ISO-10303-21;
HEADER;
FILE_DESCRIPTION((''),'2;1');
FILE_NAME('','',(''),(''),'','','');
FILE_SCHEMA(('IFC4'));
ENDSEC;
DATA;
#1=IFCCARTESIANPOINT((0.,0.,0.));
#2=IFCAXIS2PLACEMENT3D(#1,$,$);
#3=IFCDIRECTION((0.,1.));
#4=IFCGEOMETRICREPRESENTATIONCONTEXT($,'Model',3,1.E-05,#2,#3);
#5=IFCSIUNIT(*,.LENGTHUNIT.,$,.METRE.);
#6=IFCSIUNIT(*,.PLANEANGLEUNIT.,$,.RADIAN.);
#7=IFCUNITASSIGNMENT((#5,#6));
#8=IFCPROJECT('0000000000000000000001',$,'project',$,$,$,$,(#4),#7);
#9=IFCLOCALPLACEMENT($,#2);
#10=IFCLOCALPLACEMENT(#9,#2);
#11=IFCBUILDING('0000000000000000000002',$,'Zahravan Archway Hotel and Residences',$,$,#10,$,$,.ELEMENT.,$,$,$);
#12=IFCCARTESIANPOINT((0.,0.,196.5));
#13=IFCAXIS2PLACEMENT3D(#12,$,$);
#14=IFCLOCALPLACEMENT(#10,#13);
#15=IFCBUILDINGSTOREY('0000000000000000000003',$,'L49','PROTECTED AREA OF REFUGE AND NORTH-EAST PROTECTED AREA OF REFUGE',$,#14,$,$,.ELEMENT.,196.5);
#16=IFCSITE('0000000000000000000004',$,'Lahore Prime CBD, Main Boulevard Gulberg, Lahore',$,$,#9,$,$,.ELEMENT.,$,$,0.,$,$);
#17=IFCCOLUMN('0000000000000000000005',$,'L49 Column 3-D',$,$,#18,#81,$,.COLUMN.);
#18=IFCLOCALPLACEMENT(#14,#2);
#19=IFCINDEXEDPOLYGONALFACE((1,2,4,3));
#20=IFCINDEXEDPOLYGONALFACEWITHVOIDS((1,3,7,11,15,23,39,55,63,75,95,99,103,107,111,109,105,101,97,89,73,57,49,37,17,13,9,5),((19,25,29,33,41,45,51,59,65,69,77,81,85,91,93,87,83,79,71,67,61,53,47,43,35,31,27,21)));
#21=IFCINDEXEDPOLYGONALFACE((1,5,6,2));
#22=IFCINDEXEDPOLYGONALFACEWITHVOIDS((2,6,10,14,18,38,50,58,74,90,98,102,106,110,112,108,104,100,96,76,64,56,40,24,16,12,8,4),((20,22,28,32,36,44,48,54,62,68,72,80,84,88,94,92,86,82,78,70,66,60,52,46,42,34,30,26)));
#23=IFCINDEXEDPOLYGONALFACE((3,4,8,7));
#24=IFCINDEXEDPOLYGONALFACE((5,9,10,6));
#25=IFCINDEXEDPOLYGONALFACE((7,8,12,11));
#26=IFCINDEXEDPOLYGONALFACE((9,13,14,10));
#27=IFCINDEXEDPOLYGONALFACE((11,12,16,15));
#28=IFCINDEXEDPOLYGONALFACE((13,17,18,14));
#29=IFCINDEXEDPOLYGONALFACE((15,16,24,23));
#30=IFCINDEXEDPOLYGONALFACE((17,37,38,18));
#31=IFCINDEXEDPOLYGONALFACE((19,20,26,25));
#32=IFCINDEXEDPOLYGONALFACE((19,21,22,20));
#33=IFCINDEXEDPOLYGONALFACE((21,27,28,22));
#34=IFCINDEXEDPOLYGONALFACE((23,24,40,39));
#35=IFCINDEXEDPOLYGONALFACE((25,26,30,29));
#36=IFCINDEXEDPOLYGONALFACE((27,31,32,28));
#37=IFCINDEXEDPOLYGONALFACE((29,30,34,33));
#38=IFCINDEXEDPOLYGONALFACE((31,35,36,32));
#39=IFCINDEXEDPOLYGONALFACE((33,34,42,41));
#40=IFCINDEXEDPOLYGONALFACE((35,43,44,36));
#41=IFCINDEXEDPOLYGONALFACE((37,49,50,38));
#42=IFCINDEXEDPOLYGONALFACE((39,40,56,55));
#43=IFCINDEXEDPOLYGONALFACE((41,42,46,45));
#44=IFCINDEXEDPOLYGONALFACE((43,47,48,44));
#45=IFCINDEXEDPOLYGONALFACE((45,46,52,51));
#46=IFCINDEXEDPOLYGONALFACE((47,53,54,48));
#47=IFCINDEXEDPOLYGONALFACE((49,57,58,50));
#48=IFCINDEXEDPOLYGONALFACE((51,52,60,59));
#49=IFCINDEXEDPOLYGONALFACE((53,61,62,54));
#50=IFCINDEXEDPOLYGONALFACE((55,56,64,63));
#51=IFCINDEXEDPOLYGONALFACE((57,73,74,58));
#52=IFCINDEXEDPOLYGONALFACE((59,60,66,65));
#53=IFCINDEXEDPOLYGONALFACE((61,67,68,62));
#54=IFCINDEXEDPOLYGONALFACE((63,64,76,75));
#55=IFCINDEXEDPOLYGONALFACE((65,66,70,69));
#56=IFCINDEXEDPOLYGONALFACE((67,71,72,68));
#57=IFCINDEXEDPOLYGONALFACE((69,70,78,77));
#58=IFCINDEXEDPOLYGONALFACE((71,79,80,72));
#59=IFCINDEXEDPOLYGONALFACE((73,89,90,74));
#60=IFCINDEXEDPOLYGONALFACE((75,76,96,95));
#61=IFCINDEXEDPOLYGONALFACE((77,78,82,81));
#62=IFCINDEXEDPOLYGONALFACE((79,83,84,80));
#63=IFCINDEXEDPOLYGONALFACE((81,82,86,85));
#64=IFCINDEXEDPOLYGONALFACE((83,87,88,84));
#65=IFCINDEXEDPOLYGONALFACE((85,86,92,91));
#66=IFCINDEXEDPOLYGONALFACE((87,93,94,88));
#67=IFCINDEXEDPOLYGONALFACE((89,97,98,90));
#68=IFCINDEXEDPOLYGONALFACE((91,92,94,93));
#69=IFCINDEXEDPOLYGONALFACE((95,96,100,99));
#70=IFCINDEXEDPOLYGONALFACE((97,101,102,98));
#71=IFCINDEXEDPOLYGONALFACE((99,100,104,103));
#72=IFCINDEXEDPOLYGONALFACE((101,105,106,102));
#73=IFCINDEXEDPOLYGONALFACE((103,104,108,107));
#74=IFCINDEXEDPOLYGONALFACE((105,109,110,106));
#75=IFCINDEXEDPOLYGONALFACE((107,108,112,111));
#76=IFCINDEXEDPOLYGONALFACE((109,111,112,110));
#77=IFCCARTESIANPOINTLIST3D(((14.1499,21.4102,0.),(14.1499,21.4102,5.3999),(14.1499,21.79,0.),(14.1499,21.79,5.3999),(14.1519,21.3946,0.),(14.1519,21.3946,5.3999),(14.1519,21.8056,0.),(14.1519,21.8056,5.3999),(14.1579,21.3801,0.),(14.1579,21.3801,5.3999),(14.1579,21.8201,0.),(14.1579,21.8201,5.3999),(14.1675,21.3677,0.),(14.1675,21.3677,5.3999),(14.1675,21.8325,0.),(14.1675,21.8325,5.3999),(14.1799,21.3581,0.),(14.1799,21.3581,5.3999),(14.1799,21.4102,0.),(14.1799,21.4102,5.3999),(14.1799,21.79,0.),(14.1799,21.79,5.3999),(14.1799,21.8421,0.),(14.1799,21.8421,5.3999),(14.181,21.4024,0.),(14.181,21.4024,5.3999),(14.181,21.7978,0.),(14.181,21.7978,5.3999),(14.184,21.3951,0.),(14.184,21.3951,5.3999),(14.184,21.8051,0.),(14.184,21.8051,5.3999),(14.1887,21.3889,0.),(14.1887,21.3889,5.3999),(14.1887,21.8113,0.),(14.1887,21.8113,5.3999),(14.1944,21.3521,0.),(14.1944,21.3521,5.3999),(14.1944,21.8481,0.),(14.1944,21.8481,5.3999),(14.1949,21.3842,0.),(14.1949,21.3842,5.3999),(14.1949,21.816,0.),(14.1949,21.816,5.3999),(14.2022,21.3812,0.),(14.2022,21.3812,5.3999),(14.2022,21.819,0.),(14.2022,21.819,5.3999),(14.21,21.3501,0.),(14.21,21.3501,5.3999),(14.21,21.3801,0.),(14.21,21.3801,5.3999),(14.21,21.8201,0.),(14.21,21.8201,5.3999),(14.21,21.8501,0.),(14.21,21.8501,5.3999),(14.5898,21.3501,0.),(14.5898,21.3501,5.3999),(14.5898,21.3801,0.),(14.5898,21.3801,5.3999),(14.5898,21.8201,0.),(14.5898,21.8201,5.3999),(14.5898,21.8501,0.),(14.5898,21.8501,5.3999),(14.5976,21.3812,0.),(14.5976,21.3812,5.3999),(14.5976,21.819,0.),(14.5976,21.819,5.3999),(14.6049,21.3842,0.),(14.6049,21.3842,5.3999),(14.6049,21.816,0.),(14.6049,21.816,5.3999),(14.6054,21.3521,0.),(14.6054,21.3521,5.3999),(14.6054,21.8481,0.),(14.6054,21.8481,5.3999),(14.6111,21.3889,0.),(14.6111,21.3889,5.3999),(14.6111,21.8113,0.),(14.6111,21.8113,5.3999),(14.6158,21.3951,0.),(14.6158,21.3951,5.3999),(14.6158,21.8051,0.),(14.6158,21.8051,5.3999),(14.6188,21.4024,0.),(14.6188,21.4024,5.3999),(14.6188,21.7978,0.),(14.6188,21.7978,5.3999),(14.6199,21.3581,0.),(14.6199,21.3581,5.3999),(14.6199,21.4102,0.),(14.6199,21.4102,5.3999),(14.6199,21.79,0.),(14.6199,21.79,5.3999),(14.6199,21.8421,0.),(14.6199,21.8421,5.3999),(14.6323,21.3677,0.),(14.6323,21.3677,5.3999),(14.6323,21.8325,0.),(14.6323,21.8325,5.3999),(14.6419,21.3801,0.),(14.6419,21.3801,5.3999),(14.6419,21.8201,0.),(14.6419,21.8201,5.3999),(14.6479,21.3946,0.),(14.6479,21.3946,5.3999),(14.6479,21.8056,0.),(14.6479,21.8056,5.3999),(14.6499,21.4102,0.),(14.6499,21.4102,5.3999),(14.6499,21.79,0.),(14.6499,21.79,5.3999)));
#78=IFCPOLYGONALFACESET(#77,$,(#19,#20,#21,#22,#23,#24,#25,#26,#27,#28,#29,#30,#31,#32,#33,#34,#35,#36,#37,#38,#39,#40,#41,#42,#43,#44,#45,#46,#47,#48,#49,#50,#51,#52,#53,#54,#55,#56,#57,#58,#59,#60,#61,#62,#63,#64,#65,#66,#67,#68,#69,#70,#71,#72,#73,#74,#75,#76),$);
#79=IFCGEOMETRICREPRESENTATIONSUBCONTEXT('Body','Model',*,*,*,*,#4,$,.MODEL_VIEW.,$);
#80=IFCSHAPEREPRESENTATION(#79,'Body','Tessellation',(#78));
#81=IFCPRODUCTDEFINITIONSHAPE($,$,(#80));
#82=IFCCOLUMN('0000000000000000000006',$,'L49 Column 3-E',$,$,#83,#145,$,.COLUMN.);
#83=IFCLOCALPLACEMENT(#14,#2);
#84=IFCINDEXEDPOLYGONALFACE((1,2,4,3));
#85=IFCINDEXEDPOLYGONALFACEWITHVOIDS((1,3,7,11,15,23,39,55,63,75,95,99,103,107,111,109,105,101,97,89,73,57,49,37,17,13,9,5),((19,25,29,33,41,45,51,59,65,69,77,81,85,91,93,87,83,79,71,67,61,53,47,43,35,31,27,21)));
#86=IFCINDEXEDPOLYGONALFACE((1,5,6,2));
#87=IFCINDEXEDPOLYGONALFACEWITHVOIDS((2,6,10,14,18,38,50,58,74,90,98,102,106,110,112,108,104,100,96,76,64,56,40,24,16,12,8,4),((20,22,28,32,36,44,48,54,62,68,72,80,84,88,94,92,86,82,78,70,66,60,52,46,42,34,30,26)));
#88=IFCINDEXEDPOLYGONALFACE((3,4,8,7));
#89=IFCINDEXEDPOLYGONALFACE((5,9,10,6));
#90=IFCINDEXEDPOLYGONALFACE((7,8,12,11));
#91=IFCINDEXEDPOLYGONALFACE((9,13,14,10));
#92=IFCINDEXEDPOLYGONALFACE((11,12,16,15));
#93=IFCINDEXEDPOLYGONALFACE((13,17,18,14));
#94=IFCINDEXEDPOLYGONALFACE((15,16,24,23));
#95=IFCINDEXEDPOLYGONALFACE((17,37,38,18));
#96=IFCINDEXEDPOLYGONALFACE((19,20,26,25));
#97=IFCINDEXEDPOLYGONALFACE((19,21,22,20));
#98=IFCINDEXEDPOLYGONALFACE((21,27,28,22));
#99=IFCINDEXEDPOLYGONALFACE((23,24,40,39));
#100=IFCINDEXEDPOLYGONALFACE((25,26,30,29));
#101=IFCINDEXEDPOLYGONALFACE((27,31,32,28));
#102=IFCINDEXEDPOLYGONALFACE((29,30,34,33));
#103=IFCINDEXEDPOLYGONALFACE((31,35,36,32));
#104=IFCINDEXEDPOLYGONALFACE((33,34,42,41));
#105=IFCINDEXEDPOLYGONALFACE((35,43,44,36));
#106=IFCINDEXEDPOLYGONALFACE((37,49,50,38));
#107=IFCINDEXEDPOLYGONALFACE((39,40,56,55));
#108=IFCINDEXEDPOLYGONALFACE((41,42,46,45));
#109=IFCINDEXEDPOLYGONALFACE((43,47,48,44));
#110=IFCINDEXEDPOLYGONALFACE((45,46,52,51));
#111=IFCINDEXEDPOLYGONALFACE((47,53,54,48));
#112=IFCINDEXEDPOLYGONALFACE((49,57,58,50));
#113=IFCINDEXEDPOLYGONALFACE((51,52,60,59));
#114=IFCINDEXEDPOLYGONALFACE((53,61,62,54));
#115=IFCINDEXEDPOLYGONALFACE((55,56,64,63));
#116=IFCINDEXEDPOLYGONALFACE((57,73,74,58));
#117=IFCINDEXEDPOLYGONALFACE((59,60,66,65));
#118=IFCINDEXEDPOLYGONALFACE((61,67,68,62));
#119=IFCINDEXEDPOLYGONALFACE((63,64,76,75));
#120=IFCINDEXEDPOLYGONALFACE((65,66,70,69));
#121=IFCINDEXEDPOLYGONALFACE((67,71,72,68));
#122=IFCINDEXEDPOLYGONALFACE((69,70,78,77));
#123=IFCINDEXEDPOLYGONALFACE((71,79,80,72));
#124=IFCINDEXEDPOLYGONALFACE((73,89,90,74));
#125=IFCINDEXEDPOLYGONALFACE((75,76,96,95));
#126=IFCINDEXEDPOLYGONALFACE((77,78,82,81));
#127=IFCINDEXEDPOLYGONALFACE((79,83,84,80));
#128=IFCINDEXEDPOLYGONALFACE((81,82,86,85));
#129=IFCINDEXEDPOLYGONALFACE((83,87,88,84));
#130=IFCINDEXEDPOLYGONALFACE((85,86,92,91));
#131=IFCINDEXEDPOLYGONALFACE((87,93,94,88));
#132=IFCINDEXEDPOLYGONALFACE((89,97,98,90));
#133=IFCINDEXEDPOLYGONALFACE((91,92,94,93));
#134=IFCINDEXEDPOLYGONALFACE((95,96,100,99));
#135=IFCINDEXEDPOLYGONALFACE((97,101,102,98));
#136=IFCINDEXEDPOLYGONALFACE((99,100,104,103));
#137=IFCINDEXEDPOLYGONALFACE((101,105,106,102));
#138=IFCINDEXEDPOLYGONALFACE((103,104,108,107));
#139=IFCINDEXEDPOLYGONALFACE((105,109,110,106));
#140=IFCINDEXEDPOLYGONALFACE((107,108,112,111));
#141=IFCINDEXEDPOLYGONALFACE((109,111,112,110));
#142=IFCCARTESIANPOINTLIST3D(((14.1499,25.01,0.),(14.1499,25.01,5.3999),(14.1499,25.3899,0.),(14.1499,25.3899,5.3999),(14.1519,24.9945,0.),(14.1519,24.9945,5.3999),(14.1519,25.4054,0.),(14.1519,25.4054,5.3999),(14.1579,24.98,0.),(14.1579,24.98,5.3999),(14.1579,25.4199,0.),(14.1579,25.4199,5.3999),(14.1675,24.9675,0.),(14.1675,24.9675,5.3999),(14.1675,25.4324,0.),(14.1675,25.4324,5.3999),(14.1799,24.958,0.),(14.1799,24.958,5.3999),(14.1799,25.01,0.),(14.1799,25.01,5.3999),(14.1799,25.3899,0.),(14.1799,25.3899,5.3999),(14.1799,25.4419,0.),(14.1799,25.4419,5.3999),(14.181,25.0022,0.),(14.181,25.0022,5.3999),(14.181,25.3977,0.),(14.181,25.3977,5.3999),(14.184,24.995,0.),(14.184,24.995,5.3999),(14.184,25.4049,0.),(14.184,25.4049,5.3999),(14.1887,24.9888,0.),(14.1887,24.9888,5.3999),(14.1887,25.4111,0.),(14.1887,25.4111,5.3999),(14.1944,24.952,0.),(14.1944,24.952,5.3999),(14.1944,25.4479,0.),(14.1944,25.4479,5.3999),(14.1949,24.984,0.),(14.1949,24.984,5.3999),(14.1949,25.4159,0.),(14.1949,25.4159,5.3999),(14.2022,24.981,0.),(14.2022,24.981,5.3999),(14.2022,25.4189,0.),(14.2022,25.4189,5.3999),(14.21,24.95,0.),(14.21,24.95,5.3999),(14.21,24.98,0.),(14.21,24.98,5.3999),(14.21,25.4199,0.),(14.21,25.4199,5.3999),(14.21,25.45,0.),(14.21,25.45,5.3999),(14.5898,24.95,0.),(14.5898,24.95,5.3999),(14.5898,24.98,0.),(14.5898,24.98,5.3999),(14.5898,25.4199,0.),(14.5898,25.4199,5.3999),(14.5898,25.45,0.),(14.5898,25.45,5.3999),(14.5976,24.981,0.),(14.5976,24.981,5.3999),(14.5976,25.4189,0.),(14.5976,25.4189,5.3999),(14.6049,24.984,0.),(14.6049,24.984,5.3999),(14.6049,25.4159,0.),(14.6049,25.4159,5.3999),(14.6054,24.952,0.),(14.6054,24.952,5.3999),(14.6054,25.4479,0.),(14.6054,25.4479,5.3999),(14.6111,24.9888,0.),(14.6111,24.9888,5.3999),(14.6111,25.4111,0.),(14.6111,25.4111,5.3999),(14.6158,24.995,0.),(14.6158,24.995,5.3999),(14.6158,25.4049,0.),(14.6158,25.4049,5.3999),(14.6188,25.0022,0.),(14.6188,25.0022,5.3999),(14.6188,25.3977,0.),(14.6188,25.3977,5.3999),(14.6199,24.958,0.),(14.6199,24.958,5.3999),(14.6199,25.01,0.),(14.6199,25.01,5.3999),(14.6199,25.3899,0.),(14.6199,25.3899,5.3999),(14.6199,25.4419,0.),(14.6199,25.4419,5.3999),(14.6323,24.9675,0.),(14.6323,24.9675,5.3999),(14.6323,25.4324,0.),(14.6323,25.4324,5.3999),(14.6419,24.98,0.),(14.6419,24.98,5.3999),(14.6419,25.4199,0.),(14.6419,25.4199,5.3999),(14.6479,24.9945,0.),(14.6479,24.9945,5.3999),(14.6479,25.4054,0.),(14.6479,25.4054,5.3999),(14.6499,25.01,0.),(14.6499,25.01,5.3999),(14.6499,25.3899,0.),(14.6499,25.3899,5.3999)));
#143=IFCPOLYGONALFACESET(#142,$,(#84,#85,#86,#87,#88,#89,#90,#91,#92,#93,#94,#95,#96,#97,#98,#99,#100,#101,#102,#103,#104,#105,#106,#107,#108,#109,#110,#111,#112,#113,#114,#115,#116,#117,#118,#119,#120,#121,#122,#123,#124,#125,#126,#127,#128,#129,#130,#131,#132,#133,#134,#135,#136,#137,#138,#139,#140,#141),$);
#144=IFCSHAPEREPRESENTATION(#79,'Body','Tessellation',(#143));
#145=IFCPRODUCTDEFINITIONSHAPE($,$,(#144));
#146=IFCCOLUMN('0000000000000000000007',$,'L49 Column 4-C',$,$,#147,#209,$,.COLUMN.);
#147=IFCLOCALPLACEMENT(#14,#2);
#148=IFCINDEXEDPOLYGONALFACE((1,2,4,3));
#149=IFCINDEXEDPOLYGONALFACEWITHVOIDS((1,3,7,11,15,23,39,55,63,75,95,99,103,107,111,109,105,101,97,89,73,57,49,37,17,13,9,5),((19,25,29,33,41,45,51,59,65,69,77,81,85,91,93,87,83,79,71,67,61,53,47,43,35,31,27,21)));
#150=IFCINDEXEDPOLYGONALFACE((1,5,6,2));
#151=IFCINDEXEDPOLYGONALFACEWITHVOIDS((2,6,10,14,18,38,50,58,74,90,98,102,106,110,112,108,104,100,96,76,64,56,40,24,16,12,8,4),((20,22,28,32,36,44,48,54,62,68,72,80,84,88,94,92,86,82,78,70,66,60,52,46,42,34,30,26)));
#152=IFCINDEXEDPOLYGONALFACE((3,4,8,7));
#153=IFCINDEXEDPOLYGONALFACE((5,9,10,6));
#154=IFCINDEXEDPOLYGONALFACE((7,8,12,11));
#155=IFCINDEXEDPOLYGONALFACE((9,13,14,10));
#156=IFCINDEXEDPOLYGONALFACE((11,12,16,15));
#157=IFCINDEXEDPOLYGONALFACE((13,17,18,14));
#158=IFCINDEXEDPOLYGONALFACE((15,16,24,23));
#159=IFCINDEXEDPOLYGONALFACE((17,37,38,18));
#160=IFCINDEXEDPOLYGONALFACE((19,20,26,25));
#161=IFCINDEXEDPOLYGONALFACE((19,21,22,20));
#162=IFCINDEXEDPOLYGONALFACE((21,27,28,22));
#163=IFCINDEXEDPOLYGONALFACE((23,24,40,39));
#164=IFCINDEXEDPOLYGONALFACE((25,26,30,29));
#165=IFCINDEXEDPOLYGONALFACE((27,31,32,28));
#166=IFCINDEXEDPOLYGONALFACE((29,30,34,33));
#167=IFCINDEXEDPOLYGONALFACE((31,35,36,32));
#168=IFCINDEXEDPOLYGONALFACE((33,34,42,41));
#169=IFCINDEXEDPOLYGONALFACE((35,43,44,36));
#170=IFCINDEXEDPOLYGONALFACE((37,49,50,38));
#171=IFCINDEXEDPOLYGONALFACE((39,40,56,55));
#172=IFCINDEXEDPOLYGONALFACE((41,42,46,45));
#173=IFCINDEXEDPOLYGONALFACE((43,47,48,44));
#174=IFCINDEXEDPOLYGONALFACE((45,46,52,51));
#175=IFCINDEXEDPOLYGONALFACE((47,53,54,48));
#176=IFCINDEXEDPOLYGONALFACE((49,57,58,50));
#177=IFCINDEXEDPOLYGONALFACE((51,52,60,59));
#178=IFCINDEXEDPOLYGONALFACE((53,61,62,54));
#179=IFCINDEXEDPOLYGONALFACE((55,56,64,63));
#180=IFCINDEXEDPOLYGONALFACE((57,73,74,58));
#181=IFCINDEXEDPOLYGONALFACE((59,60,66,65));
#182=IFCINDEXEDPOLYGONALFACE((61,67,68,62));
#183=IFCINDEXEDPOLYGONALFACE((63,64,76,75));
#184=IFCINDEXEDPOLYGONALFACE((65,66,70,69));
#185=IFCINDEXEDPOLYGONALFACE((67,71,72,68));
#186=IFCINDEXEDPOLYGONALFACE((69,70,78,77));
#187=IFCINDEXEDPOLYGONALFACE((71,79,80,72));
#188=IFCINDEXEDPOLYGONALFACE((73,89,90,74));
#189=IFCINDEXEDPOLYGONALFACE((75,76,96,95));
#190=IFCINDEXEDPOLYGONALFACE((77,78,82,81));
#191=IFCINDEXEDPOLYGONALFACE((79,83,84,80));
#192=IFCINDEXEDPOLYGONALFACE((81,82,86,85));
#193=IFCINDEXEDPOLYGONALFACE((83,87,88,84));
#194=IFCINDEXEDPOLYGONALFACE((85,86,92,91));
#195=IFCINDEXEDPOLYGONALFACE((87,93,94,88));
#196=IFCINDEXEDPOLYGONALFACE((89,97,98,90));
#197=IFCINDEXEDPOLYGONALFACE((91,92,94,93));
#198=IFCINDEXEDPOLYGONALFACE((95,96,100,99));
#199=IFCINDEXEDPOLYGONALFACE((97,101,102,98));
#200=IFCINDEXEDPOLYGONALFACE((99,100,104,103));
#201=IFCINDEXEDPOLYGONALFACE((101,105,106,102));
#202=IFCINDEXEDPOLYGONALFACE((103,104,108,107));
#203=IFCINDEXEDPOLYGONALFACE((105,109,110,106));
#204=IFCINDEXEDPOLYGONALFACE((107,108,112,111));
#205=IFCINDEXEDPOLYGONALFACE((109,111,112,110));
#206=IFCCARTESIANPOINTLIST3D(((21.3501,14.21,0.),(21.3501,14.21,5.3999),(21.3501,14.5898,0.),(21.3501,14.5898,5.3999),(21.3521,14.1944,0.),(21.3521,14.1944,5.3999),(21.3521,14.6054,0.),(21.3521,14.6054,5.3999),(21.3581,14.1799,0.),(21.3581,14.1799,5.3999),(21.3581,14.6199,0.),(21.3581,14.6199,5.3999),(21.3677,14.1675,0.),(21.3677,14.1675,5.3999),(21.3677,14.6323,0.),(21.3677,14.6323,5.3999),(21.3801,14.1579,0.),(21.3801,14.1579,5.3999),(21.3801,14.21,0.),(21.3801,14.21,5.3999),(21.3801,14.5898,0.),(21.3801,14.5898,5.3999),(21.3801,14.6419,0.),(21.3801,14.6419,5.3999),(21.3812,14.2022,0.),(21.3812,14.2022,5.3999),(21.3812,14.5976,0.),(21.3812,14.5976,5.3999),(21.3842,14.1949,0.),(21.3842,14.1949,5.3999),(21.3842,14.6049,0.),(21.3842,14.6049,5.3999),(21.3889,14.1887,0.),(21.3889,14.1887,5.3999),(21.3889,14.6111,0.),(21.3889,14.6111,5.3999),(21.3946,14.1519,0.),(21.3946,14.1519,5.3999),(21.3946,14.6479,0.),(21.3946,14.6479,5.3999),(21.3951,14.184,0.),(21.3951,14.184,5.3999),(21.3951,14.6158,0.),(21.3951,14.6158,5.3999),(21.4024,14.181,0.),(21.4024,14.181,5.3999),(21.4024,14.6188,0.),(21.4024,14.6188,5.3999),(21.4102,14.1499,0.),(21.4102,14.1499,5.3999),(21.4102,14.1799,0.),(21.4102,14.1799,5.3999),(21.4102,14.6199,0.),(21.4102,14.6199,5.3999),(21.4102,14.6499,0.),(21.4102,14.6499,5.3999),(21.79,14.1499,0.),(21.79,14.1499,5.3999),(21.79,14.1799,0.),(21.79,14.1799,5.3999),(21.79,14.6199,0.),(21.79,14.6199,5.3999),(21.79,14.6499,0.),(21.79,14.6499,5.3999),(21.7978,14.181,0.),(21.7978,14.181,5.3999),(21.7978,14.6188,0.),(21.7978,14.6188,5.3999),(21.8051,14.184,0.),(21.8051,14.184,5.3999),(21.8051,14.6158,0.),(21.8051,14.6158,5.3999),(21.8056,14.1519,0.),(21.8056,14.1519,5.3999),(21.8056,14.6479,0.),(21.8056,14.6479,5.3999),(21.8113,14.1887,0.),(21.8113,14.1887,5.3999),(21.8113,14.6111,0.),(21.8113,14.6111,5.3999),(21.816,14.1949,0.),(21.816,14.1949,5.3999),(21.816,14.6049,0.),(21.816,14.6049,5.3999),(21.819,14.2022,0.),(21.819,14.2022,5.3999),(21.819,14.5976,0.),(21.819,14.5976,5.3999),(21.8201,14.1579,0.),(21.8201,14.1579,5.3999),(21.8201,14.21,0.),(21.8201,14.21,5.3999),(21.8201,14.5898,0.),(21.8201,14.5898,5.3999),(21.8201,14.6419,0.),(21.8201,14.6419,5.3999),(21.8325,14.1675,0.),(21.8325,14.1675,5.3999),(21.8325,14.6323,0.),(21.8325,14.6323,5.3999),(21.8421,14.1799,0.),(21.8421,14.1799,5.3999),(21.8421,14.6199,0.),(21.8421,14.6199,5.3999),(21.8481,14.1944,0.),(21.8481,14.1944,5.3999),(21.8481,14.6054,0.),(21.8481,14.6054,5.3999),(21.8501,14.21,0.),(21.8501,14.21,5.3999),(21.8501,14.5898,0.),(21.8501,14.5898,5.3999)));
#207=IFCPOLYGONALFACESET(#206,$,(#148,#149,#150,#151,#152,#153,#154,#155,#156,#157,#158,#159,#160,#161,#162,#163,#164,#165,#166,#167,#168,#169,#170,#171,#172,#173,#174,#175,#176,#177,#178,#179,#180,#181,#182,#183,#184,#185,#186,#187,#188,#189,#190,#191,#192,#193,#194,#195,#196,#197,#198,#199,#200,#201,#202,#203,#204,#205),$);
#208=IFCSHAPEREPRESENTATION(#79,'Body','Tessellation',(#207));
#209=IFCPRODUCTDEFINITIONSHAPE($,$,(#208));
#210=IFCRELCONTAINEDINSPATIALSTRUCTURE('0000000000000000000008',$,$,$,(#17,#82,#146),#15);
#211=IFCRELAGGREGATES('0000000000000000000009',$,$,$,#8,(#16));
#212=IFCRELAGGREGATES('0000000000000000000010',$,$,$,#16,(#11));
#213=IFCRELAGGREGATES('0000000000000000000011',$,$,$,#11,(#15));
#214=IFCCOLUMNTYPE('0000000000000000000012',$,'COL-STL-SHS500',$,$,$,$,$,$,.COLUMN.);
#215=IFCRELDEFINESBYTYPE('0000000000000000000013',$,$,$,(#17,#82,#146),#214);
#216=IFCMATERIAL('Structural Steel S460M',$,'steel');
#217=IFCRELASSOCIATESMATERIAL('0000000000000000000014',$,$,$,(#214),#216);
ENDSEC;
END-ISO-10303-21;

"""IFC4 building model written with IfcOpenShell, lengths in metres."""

from ifc_helpers import new_model, si_unit, direction, frame, origin, origin_2d, place, context, subcontext, project, spatial, hollow_rectangle, extrude, source, transform, mapped, material, material_profile, profile_set, type_object, type_shapes, element, save


model = new_model("IFC4")

# Units and contexts
model_context = context("Model", 3, precision=1e-05, world=origin(), true_north=direction((0.0, 1.0)))
body_context = subcontext(model_context, "Body", "Model", "MODEL_VIEW")
ifc_project = project(units=[si_unit("LENGTHUNIT", "METRE"), si_unit("PLANEANGLEUNIT", "RADIAN")], contexts=[model_context])

# Site, building, storey
site_placement = place(None, origin())
site = spatial("IfcSite", under=ifc_project, at=site_placement, Name="Lahore Prime CBD, Main Boulevard Gulberg, Lahore", CompositionType="ELEMENT", RefElevation=0.0)
building_placement = place(site_placement, origin())
building = spatial("IfcBuilding", under=site, at=building_placement, Name="Zahravan Archway Hotel and Residences", CompositionType="ELEMENT")
storey_placement = place(building_placement, frame((0.0, 0.0, 196.5)))
storey = spatial("IfcBuildingStorey", under=building, at=storey_placement, Name="L49", Description="PROTECTED AREA OF REFUGE AND NORTH-EAST PROTECTED AREA OF REFUGE", CompositionType="ELEMENT", Elevation=196.5)

# Columns
ifc_material_1 = material(Name="Structural Steel S460M", Category="steel")
ifc_material_profile_1 = material_profile(ifc_material_1, hollow_rectangle(XDim=0.5, YDim=0.5, WallThickness=0.03, InnerFilletRadius=0.03, OuterFilletRadius=0.0601, at=origin_2d()), Name="SHS 500x500x30", Category="steel")
ifc_profile_set_1 = profile_set([ifc_material_profile_1], Name="Structural Steel S460M")
column_type = type_object("IfcColumnType", Name="COL-STL-SHS500", PredefinedType="COLUMN", material=ifc_profile_set_1)
shared_shape_1 = source(origin(), body_context, "Body", "SweptSolid", [
    extrude(hollow_rectangle(XDim=0.5, YDim=0.5, WallThickness=0.03, InnerFilletRadius=0.03, OuterFilletRadius=0.0601, at=origin_2d()), origin(), (0.0, 0.0, 1.0), 5.3999),
])
type_shapes(column_type, [shared_shape_1])
for number, where, z_axis, x_axis, name in (
    (1, (14.3999, 21.6001, 0.0), (0.0, 0.0, 1.0), (1.0, 0.0, 0.0), "L49 Column 3-D"),
    (2, (14.3999, 25.2, 0.0), (0.0, 0.0, 1.0), (1.0, 0.0, 0.0), "L49 Column 3-E"),
    (3, (21.6001, 14.3999, 0.0), (0.0, 0.0, 1.0), (1.0, 0.0, 0.0), "L49 Column 4-C"),
):
    element("IfcColumn", number, at=place(storey_placement, frame(where, z_axis=z_axis, x_axis=x_axis)), inside=storey, type_object=column_type, Name=name, PredefinedType="COLUMN", context=body_context, shape_type="MappedRepresentation", body=[
        mapped(shared_shape_1, transform((0.0, 0.0, 0.0), scale=1.0)),
    ])

save(model, "model.ifc")
